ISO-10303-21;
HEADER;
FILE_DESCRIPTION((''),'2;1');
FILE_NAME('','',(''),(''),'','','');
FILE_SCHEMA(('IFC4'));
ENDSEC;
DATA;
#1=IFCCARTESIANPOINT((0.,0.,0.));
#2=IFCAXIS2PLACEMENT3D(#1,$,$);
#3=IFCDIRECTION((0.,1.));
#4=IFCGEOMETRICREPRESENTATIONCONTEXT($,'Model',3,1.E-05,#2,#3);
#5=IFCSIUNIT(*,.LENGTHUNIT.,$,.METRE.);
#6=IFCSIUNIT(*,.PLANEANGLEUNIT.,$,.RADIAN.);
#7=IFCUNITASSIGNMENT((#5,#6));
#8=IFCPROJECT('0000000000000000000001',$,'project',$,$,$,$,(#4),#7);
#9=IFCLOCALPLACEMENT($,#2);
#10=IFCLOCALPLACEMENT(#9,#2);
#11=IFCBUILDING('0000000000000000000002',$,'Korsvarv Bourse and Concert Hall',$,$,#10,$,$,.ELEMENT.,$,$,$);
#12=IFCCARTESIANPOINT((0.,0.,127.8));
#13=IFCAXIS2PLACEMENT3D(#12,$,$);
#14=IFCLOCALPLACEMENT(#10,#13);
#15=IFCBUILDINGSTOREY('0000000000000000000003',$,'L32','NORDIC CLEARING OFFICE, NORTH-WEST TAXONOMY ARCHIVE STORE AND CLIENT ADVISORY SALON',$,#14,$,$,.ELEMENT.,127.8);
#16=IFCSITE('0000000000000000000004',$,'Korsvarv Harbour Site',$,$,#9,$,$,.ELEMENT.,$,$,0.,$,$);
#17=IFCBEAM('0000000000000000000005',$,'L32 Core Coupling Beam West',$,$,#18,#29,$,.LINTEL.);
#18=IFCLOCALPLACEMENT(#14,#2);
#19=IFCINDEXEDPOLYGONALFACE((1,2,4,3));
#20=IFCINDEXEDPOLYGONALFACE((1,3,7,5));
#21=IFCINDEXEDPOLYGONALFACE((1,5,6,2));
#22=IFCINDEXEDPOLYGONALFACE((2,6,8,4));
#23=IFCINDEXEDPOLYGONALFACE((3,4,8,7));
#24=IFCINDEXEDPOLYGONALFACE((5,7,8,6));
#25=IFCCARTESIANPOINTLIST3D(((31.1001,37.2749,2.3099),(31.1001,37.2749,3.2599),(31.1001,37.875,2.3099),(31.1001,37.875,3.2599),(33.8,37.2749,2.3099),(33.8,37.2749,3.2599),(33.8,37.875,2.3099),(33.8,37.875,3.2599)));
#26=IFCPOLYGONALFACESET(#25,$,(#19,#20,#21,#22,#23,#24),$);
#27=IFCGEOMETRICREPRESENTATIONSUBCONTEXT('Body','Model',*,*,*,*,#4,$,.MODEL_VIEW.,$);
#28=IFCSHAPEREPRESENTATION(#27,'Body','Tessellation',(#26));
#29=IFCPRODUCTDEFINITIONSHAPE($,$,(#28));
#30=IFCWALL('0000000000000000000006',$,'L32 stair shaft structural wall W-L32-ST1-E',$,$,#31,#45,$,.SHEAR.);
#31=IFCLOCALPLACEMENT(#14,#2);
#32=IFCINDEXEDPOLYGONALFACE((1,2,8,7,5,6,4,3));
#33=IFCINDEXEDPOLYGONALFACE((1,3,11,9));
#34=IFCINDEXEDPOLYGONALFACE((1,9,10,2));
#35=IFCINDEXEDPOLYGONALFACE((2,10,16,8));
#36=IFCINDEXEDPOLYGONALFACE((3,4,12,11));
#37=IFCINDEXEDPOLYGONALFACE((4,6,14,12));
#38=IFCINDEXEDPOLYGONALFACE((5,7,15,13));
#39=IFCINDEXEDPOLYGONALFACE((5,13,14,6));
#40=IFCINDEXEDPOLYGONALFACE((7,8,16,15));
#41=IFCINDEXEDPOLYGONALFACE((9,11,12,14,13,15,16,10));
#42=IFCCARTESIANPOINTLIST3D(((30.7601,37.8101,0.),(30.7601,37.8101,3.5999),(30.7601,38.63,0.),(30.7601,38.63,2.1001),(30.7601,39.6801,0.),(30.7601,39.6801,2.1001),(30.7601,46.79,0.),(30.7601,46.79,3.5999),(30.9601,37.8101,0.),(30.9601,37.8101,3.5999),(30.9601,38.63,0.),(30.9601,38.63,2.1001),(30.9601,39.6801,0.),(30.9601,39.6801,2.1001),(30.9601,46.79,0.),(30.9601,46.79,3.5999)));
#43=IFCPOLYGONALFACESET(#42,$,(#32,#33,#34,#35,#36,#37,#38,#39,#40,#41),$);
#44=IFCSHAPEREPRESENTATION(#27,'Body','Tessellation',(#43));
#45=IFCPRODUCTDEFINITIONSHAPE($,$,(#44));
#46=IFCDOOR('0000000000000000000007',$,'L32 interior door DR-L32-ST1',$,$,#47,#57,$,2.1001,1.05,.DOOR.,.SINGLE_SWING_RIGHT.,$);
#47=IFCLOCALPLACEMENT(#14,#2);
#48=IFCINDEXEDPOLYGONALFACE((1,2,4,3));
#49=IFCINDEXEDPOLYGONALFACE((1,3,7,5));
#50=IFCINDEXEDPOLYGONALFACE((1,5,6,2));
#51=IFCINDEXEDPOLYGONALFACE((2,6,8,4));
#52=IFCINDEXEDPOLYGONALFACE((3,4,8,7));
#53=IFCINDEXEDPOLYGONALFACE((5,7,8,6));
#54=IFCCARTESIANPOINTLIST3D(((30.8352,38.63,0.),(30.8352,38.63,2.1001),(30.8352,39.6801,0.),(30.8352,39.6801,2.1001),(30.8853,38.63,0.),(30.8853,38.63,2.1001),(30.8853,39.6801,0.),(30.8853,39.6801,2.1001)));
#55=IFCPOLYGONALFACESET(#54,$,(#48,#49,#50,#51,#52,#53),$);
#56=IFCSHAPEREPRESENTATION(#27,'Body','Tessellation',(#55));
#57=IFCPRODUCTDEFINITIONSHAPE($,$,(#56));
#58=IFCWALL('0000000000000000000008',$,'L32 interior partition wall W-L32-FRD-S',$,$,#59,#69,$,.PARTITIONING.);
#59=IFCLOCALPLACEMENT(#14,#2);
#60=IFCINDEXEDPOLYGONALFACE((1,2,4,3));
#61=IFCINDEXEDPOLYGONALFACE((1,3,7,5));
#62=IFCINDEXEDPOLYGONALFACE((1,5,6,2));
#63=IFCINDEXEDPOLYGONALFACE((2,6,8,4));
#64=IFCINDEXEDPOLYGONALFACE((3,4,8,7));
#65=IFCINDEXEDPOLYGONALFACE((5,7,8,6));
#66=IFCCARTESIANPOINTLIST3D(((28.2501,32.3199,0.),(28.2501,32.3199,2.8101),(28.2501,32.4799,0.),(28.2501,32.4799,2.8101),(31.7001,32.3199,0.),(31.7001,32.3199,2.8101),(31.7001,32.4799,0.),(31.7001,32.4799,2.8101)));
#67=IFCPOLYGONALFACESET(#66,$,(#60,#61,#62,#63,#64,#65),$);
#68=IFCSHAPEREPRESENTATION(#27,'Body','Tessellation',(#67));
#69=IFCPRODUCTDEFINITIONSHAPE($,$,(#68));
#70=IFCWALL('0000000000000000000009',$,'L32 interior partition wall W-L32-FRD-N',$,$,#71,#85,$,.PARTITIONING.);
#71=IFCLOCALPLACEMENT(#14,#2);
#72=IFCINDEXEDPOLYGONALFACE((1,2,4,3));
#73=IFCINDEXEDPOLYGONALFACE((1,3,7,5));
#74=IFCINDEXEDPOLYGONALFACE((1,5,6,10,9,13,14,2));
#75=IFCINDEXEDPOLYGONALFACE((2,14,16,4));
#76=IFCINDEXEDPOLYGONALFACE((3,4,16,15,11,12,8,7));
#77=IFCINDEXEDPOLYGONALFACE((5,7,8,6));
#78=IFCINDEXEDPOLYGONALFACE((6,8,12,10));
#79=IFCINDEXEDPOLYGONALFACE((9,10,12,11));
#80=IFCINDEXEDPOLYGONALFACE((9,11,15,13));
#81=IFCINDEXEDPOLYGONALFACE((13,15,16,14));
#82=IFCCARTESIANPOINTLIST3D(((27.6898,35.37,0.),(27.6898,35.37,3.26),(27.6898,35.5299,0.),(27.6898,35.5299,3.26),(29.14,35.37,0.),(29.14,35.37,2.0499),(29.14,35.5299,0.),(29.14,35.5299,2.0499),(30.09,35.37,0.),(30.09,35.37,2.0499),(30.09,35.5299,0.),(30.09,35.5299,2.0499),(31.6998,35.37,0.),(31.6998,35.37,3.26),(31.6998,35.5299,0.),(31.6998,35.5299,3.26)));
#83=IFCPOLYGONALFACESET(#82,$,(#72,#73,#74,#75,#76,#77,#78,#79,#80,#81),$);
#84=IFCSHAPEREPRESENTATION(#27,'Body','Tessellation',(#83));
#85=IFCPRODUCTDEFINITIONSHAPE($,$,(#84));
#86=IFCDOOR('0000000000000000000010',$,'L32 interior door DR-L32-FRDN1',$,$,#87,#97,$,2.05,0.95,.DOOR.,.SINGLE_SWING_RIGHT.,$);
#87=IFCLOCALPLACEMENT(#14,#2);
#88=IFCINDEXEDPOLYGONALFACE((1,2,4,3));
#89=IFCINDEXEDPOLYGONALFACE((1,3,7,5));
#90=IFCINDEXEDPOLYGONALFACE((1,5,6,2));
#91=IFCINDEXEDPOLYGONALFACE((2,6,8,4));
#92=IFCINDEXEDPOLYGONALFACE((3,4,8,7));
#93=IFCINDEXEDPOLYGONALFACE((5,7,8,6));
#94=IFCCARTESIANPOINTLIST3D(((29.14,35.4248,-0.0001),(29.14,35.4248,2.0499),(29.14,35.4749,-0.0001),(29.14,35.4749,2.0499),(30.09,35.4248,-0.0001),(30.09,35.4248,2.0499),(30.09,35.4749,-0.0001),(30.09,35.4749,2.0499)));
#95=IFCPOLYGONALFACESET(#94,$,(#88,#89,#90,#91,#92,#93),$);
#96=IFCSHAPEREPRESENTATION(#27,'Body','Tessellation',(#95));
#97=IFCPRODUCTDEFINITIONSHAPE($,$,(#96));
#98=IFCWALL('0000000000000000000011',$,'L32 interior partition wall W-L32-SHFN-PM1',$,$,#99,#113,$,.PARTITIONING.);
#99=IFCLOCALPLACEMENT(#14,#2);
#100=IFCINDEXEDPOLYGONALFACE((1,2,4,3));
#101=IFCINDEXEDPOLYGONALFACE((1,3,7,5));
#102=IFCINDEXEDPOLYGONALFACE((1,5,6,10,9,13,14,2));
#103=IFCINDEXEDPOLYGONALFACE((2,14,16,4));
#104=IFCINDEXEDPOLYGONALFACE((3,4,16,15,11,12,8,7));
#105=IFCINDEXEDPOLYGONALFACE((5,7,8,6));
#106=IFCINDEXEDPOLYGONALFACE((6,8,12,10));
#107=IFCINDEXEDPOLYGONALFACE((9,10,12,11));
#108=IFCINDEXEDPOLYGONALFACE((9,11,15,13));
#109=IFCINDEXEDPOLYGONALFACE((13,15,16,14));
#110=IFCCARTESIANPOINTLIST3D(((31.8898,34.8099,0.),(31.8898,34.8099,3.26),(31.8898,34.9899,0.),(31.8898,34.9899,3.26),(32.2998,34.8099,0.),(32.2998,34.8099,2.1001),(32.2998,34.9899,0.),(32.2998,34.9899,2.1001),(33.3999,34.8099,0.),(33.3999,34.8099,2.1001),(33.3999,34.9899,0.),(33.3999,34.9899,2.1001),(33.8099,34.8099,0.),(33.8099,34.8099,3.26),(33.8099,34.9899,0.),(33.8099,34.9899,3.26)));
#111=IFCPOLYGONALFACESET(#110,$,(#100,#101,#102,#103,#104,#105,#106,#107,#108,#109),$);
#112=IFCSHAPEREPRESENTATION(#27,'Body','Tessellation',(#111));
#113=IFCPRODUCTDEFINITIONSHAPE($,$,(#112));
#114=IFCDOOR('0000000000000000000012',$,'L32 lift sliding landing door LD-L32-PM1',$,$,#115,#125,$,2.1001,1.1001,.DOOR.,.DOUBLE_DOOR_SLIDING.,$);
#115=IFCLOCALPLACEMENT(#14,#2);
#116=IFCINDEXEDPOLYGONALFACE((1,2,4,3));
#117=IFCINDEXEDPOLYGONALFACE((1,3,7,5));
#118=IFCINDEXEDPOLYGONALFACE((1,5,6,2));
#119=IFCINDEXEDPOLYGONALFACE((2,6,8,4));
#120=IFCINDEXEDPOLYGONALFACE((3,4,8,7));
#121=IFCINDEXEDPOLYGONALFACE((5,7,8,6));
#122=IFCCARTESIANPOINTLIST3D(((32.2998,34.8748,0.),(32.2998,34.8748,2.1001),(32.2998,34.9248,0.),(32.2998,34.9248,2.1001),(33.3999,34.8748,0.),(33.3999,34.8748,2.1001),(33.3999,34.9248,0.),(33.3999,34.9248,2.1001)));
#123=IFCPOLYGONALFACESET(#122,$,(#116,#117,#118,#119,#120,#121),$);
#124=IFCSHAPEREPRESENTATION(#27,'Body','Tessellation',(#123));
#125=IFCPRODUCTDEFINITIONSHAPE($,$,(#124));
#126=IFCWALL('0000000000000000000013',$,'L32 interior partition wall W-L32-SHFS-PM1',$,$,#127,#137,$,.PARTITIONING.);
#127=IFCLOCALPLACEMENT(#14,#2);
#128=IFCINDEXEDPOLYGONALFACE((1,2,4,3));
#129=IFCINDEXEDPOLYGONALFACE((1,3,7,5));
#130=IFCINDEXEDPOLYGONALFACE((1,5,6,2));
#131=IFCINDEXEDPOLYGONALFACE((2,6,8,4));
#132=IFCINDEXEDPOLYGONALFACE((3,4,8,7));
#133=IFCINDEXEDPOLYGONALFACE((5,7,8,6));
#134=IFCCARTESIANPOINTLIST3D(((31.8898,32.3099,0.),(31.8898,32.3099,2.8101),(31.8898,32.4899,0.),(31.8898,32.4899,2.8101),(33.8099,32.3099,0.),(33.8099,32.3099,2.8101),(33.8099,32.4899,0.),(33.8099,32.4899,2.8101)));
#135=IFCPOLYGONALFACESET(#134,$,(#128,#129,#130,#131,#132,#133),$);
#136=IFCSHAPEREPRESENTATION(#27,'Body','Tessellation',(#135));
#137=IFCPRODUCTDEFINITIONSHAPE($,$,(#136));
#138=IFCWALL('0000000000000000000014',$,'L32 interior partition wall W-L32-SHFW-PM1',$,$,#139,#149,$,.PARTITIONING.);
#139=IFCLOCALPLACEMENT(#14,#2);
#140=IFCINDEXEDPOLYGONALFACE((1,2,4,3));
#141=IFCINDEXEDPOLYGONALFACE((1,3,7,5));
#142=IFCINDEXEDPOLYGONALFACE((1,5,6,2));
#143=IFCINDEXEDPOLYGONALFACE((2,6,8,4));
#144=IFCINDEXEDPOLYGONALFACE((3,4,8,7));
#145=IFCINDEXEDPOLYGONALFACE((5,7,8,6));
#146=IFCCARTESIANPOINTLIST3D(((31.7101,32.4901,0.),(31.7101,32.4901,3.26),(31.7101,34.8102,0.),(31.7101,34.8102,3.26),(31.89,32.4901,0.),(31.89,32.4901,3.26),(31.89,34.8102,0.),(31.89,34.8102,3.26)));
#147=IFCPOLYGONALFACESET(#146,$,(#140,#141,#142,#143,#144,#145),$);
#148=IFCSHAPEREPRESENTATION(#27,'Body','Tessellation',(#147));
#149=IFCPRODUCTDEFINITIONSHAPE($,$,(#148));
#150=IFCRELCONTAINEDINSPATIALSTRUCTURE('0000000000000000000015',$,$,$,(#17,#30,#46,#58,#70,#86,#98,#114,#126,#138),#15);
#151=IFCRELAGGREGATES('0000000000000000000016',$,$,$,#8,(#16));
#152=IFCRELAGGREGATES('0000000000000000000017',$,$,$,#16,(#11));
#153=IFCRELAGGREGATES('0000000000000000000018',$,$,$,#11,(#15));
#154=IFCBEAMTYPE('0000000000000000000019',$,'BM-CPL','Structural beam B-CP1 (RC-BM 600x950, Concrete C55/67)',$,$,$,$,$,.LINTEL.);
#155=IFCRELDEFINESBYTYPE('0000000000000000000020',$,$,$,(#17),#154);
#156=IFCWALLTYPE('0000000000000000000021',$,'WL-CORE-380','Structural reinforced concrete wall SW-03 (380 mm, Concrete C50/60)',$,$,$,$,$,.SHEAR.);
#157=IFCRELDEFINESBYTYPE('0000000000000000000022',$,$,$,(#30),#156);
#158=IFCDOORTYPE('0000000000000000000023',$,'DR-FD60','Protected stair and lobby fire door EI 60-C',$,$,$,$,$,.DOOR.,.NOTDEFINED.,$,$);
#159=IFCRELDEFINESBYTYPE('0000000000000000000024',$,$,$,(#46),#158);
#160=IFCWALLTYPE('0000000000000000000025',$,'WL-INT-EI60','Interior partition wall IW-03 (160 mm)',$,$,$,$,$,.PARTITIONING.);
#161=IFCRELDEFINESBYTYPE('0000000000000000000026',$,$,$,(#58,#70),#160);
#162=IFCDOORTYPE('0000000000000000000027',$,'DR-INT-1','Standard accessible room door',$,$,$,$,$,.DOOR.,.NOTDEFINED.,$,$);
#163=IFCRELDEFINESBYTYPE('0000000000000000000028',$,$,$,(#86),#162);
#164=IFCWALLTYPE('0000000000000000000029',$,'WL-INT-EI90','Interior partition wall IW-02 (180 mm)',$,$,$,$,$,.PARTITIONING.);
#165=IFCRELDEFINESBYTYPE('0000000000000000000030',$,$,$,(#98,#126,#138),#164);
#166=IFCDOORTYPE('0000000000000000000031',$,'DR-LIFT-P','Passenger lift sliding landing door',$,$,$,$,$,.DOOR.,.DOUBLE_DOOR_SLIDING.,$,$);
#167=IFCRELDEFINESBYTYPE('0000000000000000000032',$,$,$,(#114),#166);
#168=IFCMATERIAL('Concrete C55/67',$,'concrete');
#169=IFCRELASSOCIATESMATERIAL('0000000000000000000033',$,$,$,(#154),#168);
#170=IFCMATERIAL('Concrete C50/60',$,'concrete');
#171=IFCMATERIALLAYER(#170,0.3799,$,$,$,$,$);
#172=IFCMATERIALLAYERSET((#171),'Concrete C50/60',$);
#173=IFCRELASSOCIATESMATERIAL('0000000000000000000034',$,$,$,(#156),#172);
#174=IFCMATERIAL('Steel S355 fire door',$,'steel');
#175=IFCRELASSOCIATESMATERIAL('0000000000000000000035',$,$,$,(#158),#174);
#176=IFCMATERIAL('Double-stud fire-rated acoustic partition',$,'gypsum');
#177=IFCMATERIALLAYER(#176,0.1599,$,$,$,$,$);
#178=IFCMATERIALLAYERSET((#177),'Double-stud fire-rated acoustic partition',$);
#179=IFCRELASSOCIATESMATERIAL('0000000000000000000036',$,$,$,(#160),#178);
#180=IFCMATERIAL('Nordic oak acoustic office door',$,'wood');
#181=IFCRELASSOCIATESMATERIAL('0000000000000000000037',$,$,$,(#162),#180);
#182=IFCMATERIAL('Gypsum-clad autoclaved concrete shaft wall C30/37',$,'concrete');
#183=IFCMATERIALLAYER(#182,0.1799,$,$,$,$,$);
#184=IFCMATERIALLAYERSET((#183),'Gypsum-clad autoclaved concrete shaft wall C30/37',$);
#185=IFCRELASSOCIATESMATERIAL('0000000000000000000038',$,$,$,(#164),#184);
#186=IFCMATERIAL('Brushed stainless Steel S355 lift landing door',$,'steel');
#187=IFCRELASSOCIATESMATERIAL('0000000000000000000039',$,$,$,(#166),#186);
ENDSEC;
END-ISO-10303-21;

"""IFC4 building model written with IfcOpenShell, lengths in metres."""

from ifc_helpers import new_model, si_unit, direction, frame, frame_2d, origin, origin_2d, place, context, subcontext, project, spatial, rectangle, extrude, source, transform, mapped, material, layer, layer_set, material_profile, profile_set, type_object, element, fill, save


model = new_model("IFC4")

# Units and contexts
model_context = context("Model", 3, precision=1e-05, world=origin(), true_north=direction((0.0, 1.0)))
body_context = subcontext(model_context, "Body", "Model", "MODEL_VIEW")
ifc_project = project(units=[si_unit("LENGTHUNIT", "METRE"), si_unit("PLANEANGLEUNIT", "RADIAN")], contexts=[model_context])

# Site, building, storey
site_placement = place(None, origin())
site = spatial("IfcSite", under=ifc_project, at=site_placement, Name="Korsvarv Harbour Site", CompositionType="ELEMENT", RefElevation=0.0)
building_placement = place(site_placement, origin())
building = spatial("IfcBuilding", under=site, at=building_placement, Name="Korsvarv Bourse and Concert Hall", CompositionType="ELEMENT")
storey_placement = place(building_placement, frame((0.0, 0.0, 127.8)))
storey = spatial("IfcBuildingStorey", under=building, at=storey_placement, Name="L32", Description="NORDIC CLEARING OFFICE, NORTH-WEST TAXONOMY ARCHIVE STORE AND CLIENT ADVISORY SALON", CompositionType="ELEMENT", Elevation=127.8)

# Beam
ifc_material_1 = material(Name="Concrete C55/67", Category="concrete")
ifc_material_profile = material_profile(ifc_material_1, rectangle(XDim=0.6001, YDim=0.95, at=origin_2d()), Name="RC-BM 600x950")
ifc_profile_set = profile_set([ifc_material_profile], Name="Concrete C55/67")
beam_type = type_object("IfcBeamType", Name="BM-CPL", Description="Structural beam B-CP1 (RC-BM 600x950, Concrete C55/67)", PredefinedType="LINTEL", material=ifc_profile_set)
shared_shape = source(origin(), body_context, "Body", "SweptSolid", [
    extrude(rectangle(XDim=0.6001, YDim=0.95, at=origin_2d()), origin(), (0.0, 0.0, 1.0), 2.7),
])
beam_placement = place(storey_placement, frame((31.1001, 37.575, 2.7849), z_axis=(1.0, 0.0, 0.0), x_axis=(0.0, 1.0, 0.0)))
element("IfcBeam", 1, at=beam_placement, inside=storey, type_object=beam_type, Name="L32 Core Coupling Beam West", PredefinedType="LINTEL", context=body_context, shape_type="MappedRepresentation", body=[
    mapped(shared_shape, transform((0.0, 0.0, 0.0), scale=1.0)),
])

# Wall, opening, door
ifc_material_2 = material(Name="Concrete C50/60", Category="concrete")
ifc_layer_1 = layer(ifc_material_2, 0.3799)
ifc_layer_set_1 = layer_set([ifc_layer_1], Name="Concrete C50/60")
wall_type_1 = type_object("IfcWallType", Name="WL-CORE-380", Description="Structural reinforced concrete wall SW-03 (380 mm, Concrete C50/60)", PredefinedType="SHEAR", material=ifc_layer_set_1)
wall_1_placement = place(storey_placement, frame((30.8601, 37.8101, 0.0), z_axis=(0.0, 0.0, 1.0), x_axis=(0.0, 1.0, 0.0)))
wall_1 = element("IfcWall", 2, at=wall_1_placement, inside=storey, type_object=wall_type_1, Name="L32 stair shaft structural wall W-L32-ST1-E", PredefinedType="SHEAR", context=body_context, shape_type="SweptSolid", body=[
    extrude(rectangle(XDim=8.98, YDim=0.2, at=frame_2d((4.49, 0.0))), origin(), (0.0, 0.0, 1.0), 3.5999),
])
opening_1_placement = place(wall_1_placement, frame((0.8201, 0.0, 0.0)))
opening_1 = element("IfcOpeningElement", 3, at=opening_1_placement, cuts=wall_1, PredefinedType="OPENING", context=body_context, shape_type="SweptSolid", body=[
    extrude(rectangle(XDim=1.05, YDim=2.1001, at=frame_2d((0.5249, 1.05))), frame((0.0, 0.1099, 0.0), z_axis=(0.0, -1.0, 0.0), x_axis=(1.0, 0.0, 0.0)), (0.0, 0.0, 1.0), 0.22),
])
ifc_material_3 = material(Name="Steel S355 fire door", Category="steel")
door_type_1 = type_object("IfcDoorType", Name="DR-FD60", Description="Protected stair and lobby fire door EI 60-C", OperationType="NOTDEFINED", PredefinedType="DOOR", material=ifc_material_3)
door_1_placement = place(opening_1_placement, origin())
door_1 = element("IfcDoor", 4, at=door_1_placement, inside=storey, type_object=door_type_1, Name="L32 interior door DR-L32-ST1", OperationType="SINGLE_SWING_RIGHT", OverallHeight=2.1001, OverallWidth=1.05, PredefinedType="DOOR", context=body_context, shape_type="SweptSolid", body=[
    extrude(rectangle(XDim=1.05, YDim=2.1001, at=frame_2d((0.5249, 1.05))), frame((0.0, 0.0249, 0.0), z_axis=(0.0, -1.0, 0.0), x_axis=(1.0, 0.0, 0.0)), (0.0, 0.0, 1.0), 0.05),
])
fill(opening_1, door_1)

# Wall
ifc_material_4 = material(Name="Double-stud fire-rated acoustic partition", Category="gypsum")
ifc_layer_2 = layer(ifc_material_4, 0.1599)
ifc_layer_set_2 = layer_set([ifc_layer_2], Name="Double-stud fire-rated acoustic partition")
wall_type_2 = type_object("IfcWallType", Name="WL-INT-EI60", Description="Interior partition wall IW-03 (160 mm)", PredefinedType="PARTITIONING", material=ifc_layer_set_2)
wall_2_placement = place(storey_placement, frame((28.25, 32.3999, 0.0), z_axis=(0.0, 0.0, 1.0), x_axis=(1.0, 0.0, 0.0)))
element("IfcWall", 5, at=wall_2_placement, inside=storey, type_object=wall_type_2, Name="L32 interior partition wall W-L32-FRD-S", PredefinedType="PARTITIONING", context=body_context, shape_type="SweptSolid", body=[
    extrude(rectangle(XDim=3.45, YDim=0.1599, at=frame_2d((1.7251, 0.0))), origin(), (0.0, 0.0, 1.0), 2.8101),
])

# Walls, openings, doors
wall_3_placement = place(storey_placement, frame((27.6899, 35.45, 0.0), z_axis=(0.0, 0.0, 1.0), x_axis=(1.0, 0.0, 0.0)))
wall_3 = element("IfcWall", 6, at=wall_3_placement, inside=storey, type_object=wall_type_2, Name="L32 interior partition wall W-L32-FRD-N", PredefinedType="PARTITIONING", context=body_context, shape_type="SweptSolid", body=[
    extrude(rectangle(XDim=4.01, YDim=0.1599, at=frame_2d((2.0049, 0.0))), origin(), (0.0, 0.0, 1.0), 3.26),
])
opening_2_placement = place(wall_3_placement, frame((1.45, 0.0, 0.0)))
opening_2 = element("IfcOpeningElement", 7, at=opening_2_placement, cuts=wall_3, PredefinedType="OPENING", context=body_context, shape_type="SweptSolid", body=[
    extrude(rectangle(XDim=0.95, YDim=2.05, at=frame_2d((0.4751, 1.0249))), frame((0.0, 0.0898, 0.0), z_axis=(0.0, -1.0, 0.0), x_axis=(1.0, 0.0, 0.0)), (0.0, 0.0, 1.0), 0.1799),
])
ifc_material_5 = material(Name="Nordic oak acoustic office door", Category="wood")
door_type_2 = type_object("IfcDoorType", Name="DR-INT-1", Description="Standard accessible room door", OperationType="NOTDEFINED", PredefinedType="DOOR", material=ifc_material_5)
door_2_placement = place(opening_2_placement, origin())
door_2 = element("IfcDoor", 8, at=door_2_placement, inside=storey, type_object=door_type_2, Name="L32 interior door DR-L32-FRDN1", OperationType="SINGLE_SWING_RIGHT", OverallHeight=2.05, OverallWidth=0.95, PredefinedType="DOOR", context=body_context, shape_type="SweptSolid", body=[
    extrude(rectangle(XDim=0.95, YDim=2.05, at=frame_2d((0.4751, 1.0249))), frame((0.0, 0.0249, 0.0), z_axis=(0.0, -1.0, 0.0), x_axis=(1.0, 0.0, 0.0)), (0.0, 0.0, 1.0), 0.05),
])
fill(opening_2, door_2)
ifc_material_6 = material(Name="Gypsum-clad autoclaved concrete shaft wall C30/37", Category="concrete")
ifc_layer_3 = layer(ifc_material_6, 0.1799)
ifc_layer_set_3 = layer_set([ifc_layer_3], Name="Gypsum-clad autoclaved concrete shaft wall C30/37")
wall_type_3 = type_object("IfcWallType", Name="WL-INT-EI90", Description="Interior partition wall IW-02 (180 mm)", PredefinedType="PARTITIONING", material=ifc_layer_set_3)
wall_4_placement = place(storey_placement, frame((31.8899, 34.8999, 0.0), z_axis=(0.0, 0.0, 1.0), x_axis=(1.0, 0.0, 0.0)))
wall_4 = element("IfcWall", 9, at=wall_4_placement, inside=storey, type_object=wall_type_3, Name="L32 interior partition wall W-L32-SHFN-PM1", PredefinedType="PARTITIONING", context=body_context, shape_type="SweptSolid", body=[
    extrude(rectangle(XDim=1.9202, YDim=0.1799, at=frame_2d((0.96, 0.0))), origin(), (0.0, 0.0, 1.0), 3.26),
])
opening_3_placement = place(wall_4_placement, frame((0.4099, 0.0, 0.0)))
opening_3 = element("IfcOpeningElement", 10, at=opening_3_placement, cuts=wall_4, PredefinedType="OPENING", context=body_context, shape_type="SweptSolid", body=[
    extrude(rectangle(XDim=1.1001, YDim=2.1001, at=frame_2d((0.55, 1.05))), frame((0.0, 0.1001, 0.0), z_axis=(0.0, -1.0, 0.0), x_axis=(1.0, 0.0, 0.0)), (0.0, 0.0, 1.0), 0.2),
])
ifc_material_7 = material(Name="Brushed stainless Steel S355 lift landing door", Category="steel")
door_type_3 = type_object("IfcDoorType", Name="DR-LIFT-P", Description="Passenger lift sliding landing door", OperationType="DOUBLE_DOOR_SLIDING", PredefinedType="DOOR", material=ifc_material_7)
door_3_placement = place(opening_3_placement, origin())
door_3 = element("IfcDoor", 11, at=door_3_placement, inside=storey, type_object=door_type_3, Name="L32 lift sliding landing door LD-L32-PM1", OperationType="DOUBLE_DOOR_SLIDING", OverallHeight=2.1001, OverallWidth=1.1001, PredefinedType="DOOR", context=body_context, shape_type="SweptSolid", body=[
    extrude(rectangle(XDim=1.1001, YDim=2.1001, at=frame_2d((0.55, 1.05))), frame((0.0, 0.0249, 0.0), z_axis=(0.0, -1.0, 0.0), x_axis=(1.0, 0.0, 0.0)), (0.0, 0.0, 1.0), 0.05),
])
fill(opening_3, door_3)

# Walls
wall_5_placement = place(storey_placement, frame((31.8899, 32.3999, 0.0), z_axis=(0.0, 0.0, 1.0), x_axis=(1.0, 0.0, 0.0)))
element("IfcWall", 12, at=wall_5_placement, inside=storey, type_object=wall_type_3, Name="L32 interior partition wall W-L32-SHFS-PM1", PredefinedType="PARTITIONING", context=body_context, shape_type="SweptSolid", body=[
    extrude(rectangle(XDim=1.9202, YDim=0.1799, at=frame_2d((0.96, 0.0))), origin(), (0.0, 0.0, 1.0), 2.8101),
])
wall_6_placement = place(storey_placement, frame((31.8, 32.49, 0.0), z_axis=(0.0, 0.0, 1.0), x_axis=(0.0, 1.0, 0.0)))
element("IfcWall", 13, at=wall_6_placement, inside=storey, type_object=wall_type_3, Name="L32 interior partition wall W-L32-SHFW-PM1", PredefinedType="PARTITIONING", context=body_context, shape_type="SweptSolid", body=[
    extrude(rectangle(XDim=2.3201, YDim=0.1799, at=frame_2d((1.1602, 0.0))), origin(), (0.0, 0.0, 1.0), 3.26),
])

save(model, "model.ifc")
